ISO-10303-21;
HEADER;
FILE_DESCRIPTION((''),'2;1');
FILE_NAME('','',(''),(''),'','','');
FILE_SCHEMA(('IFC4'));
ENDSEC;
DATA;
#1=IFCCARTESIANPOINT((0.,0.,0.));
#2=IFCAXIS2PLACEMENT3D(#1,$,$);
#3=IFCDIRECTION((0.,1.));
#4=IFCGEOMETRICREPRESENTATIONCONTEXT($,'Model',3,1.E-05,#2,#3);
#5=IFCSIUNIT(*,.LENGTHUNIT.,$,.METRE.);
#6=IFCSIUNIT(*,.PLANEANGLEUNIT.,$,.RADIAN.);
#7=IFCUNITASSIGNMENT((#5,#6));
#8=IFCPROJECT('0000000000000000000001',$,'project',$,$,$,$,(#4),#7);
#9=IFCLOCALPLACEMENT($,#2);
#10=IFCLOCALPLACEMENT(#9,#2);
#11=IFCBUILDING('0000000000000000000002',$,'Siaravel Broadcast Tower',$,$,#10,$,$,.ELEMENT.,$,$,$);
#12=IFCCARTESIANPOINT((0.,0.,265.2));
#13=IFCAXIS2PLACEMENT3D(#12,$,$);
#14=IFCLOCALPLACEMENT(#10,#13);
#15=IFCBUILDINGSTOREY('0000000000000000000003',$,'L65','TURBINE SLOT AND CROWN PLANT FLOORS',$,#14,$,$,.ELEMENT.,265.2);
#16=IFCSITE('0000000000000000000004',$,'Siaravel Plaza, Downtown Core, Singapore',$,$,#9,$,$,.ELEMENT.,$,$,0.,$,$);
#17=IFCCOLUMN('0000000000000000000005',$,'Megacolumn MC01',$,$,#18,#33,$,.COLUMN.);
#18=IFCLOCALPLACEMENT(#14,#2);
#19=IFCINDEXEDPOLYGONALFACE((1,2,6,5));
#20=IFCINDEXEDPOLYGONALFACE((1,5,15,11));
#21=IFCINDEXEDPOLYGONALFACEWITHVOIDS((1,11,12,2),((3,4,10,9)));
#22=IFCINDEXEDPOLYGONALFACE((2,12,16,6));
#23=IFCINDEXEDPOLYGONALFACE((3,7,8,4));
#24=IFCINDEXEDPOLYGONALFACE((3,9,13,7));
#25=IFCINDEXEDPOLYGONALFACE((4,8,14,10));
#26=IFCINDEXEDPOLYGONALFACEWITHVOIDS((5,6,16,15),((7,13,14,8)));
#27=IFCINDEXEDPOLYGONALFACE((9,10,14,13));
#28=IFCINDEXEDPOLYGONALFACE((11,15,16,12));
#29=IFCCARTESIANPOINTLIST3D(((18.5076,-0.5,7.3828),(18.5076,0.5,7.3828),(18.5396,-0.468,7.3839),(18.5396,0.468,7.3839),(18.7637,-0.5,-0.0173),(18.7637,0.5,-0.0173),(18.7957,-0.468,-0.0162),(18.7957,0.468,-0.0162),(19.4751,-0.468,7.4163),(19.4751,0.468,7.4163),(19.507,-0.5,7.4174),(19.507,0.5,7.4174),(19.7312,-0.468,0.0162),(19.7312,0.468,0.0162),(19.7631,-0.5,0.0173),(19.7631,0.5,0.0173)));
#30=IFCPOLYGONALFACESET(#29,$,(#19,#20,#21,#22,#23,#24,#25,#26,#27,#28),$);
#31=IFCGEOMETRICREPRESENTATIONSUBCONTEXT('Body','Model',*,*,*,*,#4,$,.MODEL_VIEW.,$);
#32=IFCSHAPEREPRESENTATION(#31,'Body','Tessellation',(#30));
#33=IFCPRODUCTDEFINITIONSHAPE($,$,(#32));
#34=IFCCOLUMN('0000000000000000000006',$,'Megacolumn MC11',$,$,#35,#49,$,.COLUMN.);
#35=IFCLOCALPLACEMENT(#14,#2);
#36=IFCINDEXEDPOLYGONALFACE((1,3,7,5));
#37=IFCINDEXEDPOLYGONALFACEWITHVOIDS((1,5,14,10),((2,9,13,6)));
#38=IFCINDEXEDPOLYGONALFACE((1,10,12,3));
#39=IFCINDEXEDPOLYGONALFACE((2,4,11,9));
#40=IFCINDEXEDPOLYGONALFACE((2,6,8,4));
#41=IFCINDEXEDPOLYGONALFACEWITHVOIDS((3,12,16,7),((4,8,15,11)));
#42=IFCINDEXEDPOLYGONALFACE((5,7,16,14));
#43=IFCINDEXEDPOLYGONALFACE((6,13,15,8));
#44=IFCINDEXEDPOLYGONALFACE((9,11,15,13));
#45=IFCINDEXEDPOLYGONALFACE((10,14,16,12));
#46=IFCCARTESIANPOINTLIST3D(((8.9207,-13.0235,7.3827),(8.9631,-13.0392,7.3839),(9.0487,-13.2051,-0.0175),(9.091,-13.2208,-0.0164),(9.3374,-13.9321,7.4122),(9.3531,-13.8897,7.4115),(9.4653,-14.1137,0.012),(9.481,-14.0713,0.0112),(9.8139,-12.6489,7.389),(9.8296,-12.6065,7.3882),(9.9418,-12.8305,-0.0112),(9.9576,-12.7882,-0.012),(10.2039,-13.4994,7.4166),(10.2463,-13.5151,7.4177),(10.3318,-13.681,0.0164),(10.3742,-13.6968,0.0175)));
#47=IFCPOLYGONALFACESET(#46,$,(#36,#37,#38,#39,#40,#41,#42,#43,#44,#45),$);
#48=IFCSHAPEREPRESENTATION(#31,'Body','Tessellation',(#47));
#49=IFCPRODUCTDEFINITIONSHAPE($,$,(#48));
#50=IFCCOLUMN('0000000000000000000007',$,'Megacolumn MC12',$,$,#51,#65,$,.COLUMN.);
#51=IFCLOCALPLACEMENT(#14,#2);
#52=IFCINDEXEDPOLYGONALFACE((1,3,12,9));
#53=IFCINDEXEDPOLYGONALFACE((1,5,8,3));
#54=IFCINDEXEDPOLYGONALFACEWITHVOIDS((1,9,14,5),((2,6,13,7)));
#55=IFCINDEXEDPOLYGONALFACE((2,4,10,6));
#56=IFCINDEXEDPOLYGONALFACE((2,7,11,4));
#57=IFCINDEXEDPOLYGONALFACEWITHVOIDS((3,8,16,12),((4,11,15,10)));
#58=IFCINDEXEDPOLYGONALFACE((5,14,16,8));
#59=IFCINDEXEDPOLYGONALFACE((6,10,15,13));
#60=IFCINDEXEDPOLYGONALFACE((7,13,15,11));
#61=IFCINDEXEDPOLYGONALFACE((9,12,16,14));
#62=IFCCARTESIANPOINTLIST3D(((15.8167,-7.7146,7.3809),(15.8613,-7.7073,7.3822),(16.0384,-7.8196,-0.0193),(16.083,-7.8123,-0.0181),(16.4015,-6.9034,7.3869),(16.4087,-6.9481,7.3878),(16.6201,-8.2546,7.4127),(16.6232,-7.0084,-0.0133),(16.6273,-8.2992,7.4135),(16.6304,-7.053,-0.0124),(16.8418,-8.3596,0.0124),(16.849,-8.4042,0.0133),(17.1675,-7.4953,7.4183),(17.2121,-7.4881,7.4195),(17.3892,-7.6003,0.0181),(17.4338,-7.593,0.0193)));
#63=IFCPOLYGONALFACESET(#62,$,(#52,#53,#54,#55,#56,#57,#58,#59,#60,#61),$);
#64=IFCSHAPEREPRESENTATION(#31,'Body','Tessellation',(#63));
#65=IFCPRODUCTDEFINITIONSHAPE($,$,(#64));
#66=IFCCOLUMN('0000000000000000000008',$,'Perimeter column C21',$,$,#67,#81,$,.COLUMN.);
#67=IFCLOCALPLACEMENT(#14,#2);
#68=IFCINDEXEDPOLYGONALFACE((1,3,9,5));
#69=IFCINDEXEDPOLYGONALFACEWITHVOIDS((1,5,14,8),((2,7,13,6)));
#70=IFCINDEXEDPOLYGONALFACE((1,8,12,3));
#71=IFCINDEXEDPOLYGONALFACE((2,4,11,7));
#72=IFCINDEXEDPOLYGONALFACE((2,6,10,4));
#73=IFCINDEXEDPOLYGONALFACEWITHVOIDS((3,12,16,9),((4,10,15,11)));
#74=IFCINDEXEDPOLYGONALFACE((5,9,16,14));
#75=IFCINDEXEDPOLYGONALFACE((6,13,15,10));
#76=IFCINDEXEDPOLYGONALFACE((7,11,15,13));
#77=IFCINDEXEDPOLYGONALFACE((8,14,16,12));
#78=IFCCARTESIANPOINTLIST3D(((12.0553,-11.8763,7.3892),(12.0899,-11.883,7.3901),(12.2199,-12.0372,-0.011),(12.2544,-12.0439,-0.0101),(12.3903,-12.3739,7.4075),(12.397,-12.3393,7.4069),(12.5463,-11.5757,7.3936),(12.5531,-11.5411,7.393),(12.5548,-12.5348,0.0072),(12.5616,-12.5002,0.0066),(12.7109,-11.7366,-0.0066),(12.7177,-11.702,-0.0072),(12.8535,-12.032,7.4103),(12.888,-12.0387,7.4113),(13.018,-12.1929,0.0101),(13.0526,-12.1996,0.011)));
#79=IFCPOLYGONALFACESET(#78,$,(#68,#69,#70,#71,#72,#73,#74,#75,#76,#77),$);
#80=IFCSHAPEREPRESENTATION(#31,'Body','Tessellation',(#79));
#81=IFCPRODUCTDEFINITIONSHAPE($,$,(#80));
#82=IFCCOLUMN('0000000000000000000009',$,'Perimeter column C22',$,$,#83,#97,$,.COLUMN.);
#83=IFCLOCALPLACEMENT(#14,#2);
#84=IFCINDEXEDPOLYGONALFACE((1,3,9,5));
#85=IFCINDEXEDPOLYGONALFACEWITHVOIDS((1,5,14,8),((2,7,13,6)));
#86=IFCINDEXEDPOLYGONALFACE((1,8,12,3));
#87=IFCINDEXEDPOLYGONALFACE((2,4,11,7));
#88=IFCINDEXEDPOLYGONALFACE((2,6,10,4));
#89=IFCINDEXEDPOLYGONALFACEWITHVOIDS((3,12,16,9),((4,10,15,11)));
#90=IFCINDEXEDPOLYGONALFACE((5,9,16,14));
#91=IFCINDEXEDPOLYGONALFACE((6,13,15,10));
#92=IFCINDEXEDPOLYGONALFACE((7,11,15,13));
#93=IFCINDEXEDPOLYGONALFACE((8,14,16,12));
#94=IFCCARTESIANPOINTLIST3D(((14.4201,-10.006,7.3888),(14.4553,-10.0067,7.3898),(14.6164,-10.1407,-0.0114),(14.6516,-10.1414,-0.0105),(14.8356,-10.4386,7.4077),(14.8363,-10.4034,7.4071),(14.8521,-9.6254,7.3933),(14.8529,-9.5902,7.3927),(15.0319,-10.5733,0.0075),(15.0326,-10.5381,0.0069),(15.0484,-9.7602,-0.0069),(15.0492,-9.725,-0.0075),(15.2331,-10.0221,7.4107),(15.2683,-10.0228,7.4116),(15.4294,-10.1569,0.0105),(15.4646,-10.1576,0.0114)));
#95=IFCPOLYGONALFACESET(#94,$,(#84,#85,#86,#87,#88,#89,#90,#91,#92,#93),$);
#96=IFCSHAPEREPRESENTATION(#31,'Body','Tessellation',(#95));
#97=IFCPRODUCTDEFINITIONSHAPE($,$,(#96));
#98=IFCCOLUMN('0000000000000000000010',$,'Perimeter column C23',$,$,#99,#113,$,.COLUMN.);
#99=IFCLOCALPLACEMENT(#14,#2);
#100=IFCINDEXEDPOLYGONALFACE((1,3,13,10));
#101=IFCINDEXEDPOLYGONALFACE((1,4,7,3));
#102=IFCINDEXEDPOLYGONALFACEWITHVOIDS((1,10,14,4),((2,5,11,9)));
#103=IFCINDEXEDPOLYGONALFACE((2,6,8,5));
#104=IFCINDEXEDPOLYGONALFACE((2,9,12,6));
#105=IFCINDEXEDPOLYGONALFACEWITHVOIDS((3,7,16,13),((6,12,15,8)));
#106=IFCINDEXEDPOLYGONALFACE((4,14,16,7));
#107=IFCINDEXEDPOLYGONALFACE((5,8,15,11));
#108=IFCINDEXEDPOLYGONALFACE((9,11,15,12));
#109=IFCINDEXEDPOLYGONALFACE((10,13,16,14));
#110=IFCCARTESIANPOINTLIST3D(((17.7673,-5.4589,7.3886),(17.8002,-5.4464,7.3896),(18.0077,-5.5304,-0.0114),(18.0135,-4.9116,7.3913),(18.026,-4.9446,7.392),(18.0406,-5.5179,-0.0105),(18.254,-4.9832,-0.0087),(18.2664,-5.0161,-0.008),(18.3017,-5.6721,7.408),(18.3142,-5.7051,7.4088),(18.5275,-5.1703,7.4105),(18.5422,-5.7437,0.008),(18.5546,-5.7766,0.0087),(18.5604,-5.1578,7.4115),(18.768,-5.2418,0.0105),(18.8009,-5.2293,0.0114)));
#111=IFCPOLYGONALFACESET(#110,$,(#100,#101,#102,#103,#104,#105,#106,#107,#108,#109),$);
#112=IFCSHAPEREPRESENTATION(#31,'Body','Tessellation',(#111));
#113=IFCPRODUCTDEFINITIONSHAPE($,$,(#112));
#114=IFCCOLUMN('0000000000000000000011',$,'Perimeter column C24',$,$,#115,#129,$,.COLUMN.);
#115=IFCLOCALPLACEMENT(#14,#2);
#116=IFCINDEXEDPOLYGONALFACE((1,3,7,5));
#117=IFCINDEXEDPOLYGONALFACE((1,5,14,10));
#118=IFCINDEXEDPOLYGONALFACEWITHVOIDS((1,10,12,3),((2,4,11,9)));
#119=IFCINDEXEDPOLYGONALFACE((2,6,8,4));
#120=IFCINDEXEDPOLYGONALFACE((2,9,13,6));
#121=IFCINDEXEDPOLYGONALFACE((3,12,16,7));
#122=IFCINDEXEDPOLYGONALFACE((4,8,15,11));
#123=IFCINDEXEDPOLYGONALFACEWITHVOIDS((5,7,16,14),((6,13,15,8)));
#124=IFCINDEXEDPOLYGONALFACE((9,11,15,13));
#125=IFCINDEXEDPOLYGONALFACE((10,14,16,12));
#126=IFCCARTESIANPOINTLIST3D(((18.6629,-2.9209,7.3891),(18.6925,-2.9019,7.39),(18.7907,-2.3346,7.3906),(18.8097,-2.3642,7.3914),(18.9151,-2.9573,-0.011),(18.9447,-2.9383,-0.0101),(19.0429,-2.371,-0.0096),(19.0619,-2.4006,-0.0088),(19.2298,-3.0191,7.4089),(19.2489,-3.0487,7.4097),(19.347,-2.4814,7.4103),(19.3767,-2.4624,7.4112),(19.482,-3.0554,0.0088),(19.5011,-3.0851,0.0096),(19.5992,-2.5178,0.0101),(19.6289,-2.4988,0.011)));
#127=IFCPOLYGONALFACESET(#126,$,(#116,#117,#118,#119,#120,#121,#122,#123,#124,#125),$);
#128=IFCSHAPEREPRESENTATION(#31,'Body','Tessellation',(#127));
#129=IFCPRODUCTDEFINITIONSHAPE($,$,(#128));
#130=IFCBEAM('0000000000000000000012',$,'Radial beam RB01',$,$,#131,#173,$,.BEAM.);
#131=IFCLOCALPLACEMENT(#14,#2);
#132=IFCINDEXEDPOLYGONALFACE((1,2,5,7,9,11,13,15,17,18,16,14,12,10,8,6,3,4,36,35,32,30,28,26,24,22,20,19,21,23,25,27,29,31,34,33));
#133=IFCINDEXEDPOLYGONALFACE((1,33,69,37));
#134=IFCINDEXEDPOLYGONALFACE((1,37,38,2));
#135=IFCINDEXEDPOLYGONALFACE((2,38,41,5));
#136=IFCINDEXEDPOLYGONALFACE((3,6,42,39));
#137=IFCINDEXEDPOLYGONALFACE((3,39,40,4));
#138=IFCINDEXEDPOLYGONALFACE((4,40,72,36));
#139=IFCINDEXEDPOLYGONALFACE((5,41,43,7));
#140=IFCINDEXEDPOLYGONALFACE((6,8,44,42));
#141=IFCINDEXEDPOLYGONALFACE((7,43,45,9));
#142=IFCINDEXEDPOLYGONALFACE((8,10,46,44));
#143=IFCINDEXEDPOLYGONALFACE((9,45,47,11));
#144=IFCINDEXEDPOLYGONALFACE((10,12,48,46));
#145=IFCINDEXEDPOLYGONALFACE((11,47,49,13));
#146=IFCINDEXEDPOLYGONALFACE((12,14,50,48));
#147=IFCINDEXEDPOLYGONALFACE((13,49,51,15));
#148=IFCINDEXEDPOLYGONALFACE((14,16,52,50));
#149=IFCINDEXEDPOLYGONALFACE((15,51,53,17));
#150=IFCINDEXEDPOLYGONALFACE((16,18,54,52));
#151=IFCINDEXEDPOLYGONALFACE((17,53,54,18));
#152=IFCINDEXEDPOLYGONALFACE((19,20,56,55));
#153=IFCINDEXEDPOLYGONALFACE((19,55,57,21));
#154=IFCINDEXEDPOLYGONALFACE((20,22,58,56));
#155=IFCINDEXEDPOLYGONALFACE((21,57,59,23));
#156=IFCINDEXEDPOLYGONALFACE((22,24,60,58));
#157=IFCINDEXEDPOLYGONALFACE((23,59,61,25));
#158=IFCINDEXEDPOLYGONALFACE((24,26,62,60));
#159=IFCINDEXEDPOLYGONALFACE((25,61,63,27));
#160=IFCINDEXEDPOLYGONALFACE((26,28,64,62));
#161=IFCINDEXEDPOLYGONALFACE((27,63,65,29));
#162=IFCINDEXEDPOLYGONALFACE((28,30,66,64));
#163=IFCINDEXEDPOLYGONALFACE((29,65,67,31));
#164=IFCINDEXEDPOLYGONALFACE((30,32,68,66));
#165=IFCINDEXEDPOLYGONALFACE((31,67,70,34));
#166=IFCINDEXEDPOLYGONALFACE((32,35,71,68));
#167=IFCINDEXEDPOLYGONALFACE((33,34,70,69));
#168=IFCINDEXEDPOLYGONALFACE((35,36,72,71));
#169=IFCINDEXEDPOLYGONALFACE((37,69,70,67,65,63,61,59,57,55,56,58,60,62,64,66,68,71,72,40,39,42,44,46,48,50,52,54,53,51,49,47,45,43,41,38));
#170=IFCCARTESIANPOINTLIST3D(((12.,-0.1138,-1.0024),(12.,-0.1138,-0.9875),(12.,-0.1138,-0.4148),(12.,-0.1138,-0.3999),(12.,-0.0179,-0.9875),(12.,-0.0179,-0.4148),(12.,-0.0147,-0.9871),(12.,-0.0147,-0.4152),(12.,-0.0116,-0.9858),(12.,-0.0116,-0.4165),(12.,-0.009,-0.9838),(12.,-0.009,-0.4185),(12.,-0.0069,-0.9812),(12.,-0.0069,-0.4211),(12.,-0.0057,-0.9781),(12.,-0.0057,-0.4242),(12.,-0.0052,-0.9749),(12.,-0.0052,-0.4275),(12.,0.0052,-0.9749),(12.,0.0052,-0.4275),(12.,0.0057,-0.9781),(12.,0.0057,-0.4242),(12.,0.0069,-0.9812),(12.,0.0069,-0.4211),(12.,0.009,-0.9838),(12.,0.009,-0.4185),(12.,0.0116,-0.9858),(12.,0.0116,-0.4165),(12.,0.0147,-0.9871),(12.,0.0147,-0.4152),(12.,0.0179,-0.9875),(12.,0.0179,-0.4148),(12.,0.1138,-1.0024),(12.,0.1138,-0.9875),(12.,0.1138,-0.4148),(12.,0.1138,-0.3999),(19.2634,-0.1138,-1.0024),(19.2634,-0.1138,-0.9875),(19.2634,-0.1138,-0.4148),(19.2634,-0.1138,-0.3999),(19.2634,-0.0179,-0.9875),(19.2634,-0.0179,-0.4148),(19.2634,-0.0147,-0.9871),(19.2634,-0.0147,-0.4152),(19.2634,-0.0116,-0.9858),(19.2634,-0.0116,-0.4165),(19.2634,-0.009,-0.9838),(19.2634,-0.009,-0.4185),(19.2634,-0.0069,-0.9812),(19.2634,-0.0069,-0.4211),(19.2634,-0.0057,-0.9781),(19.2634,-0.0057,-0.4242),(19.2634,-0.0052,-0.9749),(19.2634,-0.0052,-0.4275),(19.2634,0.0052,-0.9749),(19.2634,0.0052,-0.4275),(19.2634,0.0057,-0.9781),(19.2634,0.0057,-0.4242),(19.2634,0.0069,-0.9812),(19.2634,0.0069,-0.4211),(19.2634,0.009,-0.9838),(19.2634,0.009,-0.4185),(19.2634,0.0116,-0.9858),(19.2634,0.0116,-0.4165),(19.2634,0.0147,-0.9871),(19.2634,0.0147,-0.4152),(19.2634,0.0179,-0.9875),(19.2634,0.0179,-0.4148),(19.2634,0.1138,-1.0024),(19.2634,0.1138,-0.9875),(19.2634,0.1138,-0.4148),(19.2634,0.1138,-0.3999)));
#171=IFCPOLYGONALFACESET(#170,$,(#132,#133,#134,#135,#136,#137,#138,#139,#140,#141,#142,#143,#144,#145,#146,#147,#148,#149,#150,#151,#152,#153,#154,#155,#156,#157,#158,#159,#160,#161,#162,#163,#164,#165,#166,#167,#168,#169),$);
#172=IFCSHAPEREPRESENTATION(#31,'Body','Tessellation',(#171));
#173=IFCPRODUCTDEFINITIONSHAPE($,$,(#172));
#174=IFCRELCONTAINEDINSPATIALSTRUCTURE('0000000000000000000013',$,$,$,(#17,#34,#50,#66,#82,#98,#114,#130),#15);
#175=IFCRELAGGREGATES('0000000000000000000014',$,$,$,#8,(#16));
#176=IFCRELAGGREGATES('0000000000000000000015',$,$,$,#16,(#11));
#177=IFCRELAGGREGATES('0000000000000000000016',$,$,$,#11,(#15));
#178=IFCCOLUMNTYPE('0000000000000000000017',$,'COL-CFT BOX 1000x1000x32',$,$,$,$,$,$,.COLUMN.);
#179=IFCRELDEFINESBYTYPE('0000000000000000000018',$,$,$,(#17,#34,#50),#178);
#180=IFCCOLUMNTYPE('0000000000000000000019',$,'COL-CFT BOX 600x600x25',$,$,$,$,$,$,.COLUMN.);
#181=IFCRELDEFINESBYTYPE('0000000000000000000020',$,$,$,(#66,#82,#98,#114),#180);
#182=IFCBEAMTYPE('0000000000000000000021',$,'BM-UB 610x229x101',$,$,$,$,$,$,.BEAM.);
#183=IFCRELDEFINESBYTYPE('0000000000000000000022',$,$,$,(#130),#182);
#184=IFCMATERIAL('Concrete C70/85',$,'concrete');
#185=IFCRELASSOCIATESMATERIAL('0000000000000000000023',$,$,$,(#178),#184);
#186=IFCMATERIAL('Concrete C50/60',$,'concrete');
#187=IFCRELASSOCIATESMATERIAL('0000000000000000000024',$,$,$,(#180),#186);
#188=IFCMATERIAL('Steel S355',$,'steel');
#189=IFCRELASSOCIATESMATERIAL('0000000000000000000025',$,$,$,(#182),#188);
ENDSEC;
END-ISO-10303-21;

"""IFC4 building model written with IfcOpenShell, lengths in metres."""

from ifc_helpers import new_model, si_unit, direction, frame, origin, origin_2d, place, context, subcontext, project, spatial, hollow_rectangle, i_section, extrude, material, material_profile, profile_set, type_object, element, save


model = new_model("IFC4")

# Units and contexts
model_context = context("Model", 3, precision=1e-05, world=origin(), true_north=direction((0.0, 1.0)))
body_context = subcontext(model_context, "Body", "Model", "MODEL_VIEW")
ifc_project = project(units=[si_unit("LENGTHUNIT", "METRE"), si_unit("PLANEANGLEUNIT", "RADIAN")], contexts=[model_context])

# Site, building, storey
site_placement = place(None, origin())
site = spatial("IfcSite", under=ifc_project, at=site_placement, Name="Siaravel Plaza, Downtown Core, Singapore", CompositionType="ELEMENT", RefElevation=0.0)
building_placement = place(site_placement, origin())
building = spatial("IfcBuilding", under=site, at=building_placement, Name="Siaravel Broadcast Tower", CompositionType="ELEMENT")
storey_placement = place(building_placement, frame((0.0, 0.0, 265.2)))
storey = spatial("IfcBuildingStorey", under=building, at=storey_placement, Name="L65", Description="TURBINE SLOT AND CROWN PLANT FLOORS", CompositionType="ELEMENT", Elevation=265.2)

# Columns
ifc_material_1 = material(Name="Concrete C70/85", Category="concrete")
ifc_material_profile_1 = material_profile(ifc_material_1, hollow_rectangle(XDim=1.0, YDim=1.0, WallThickness=0.032, at=origin_2d()))
ifc_profile_set_1 = profile_set([ifc_material_profile_1], Name="Concrete C70/85")
column_type_1 = type_object("IfcColumnType", Name="COL-CFT BOX 1000x1000x32", PredefinedType="COLUMN", material=ifc_profile_set_1)
column_1_placement = place(storey_placement, frame((19.2634, 0.0, 0.0), z_axis=(-0.034587, 0.0, 0.999402), x_axis=(0.0, -1.0, 0.0)))
element("IfcColumn", 1, at=column_1_placement, inside=storey, type_object=column_type_1, Name="Megacolumn MC01", PredefinedType="COLUMN", context=body_context, shape_type="SweptSolid", body=[
    extrude(hollow_rectangle(XDim=1.0, YDim=1.0, WallThickness=0.032, at=origin_2d()), origin(), (0.0, 0.0, 1.0), 7.4045),
])
column_2_placement = place(storey_placement, frame((9.7114, -13.4509, 0.0), z_axis=(-0.01728, 0.024534, 0.99955), x_axis=(-0.908912, -0.416952, -0.005478)))
element("IfcColumn", 2, at=column_2_placement, inside=storey, type_object=column_type_1, Name="Megacolumn MC11", PredefinedType="COLUMN", context=body_context, shape_type="SweptSolid", body=[
    extrude(hollow_rectangle(XDim=1.0, YDim=1.0, WallThickness=0.032, at=origin_2d()), origin(), (0.0, 0.0, 1.0), 7.4036),
])
column_3_placement = place(storey_placement, frame((16.7361, -7.7063, 0.0), z_axis=(-0.02994, 0.014178, 0.999451), x_axis=(-0.584793, -0.81116, -0.006011)))
element("IfcColumn", 3, at=column_3_placement, inside=storey, type_object=column_type_1, Name="Megacolumn MC12", PredefinedType="COLUMN", context=body_context, shape_type="SweptSolid", body=[
    extrude(hollow_rectangle(XDim=1.0, YDim=1.0, WallThickness=0.032, at=origin_2d()), origin(), (0.0, 0.0, 1.0), 7.4043),
])
ifc_material_2 = material(Name="Concrete C50/60", Category="concrete")
ifc_material_profile_2 = material_profile(ifc_material_2, hollow_rectangle(XDim=0.6001, YDim=0.6001, WallThickness=0.0249, at=origin_2d()))
ifc_profile_set_2 = profile_set([ifc_material_profile_2], Name="Concrete C50/60")
column_type_2 = type_object("IfcColumnType", Name="COL-CFT BOX 600x600x25", PredefinedType="COLUMN", material=ifc_profile_set_2)
column_4_placement = place(storey_placement, frame((12.6362, -12.1184, 0.0), z_axis=(-0.022225, 0.021731, 0.999517), x_axis=(-0.829478, -0.558505, -0.006302)))
element("IfcColumn", 4, at=column_4_placement, inside=storey, type_object=column_type_2, Name="Perimeter column C21", PredefinedType="COLUMN", context=body_context, shape_type="SweptSolid", body=[
    extrude(hollow_rectangle(XDim=0.6001, YDim=0.6001, WallThickness=0.0249, at=origin_2d()), origin(), (0.0, 0.0, 1.0), 7.4038),
])
column_5_placement = place(storey_placement, frame((15.0405, -10.1492, 0.0), z_axis=(-0.026511, 0.018202, 0.999483), x_axis=(-0.721084, -0.692817, -0.00651)))
element("IfcColumn", 5, at=column_5_placement, inside=storey, type_object=column_type_2, Name="Perimeter column C22", PredefinedType="COLUMN", context=body_context, shape_type="SweptSolid", body=[
    extrude(hollow_rectangle(XDim=0.6001, YDim=0.6001, WallThickness=0.0249, at=origin_2d()), origin(), (0.0, 0.0, 1.0), 7.4041),
])
column_6_placement = place(storey_placement, frame((18.4043, -5.3799, 0.0), z_axis=(-0.032478, 0.009661, 0.999426), x_axis=(-0.410307, -0.911936, -0.004518)))
element("IfcColumn", 6, at=column_6_placement, inside=storey, type_object=column_type_2, Name="Perimeter column C23", PredefinedType="COLUMN", context=body_context, shape_type="SweptSolid", body=[
    extrude(hollow_rectangle(XDim=0.6001, YDim=0.6001, WallThickness=0.0249, at=origin_2d()), origin(), (0.0, 0.0, 1.0), 7.4043),
])
column_7_placement = place(storey_placement, frame((19.272, -2.728, 0.0), z_axis=(-0.03406, 0.004913, 0.999408), x_axis=(-0.212967, -0.977056, -0.002455)))
element("IfcColumn", 7, at=column_7_placement, inside=storey, type_object=column_type_2, Name="Perimeter column C24", PredefinedType="COLUMN", context=body_context, shape_type="SweptSolid", body=[
    extrude(hollow_rectangle(XDim=0.6001, YDim=0.6001, WallThickness=0.0249, at=origin_2d()), origin(), (0.0, 0.0, 1.0), 7.4045),
])

# Beam
ifc_material_3 = material(Name="Steel S355", Category="steel")
ifc_material_profile_3 = material_profile(ifc_material_3, i_section(OverallWidth=0.2275, OverallDepth=0.6025, WebThickness=0.0105, FlangeThickness=0.0149, FilletRadius=0.0127, at=origin_2d()))
ifc_profile_set_3 = profile_set([ifc_material_profile_3], Name="Steel S355")
beam_type_1 = type_object("IfcBeamType", Name="BM-UB 610x229x101", PredefinedType="BEAM", material=ifc_profile_set_3)
beam_1_placement = place(storey_placement, frame((19.2634, 0.0, -0.7012), z_axis=(-1.0, 0.0, 0.0), x_axis=(0.0, -1.0, 0.0)))
element("IfcBeam", 8, at=beam_1_placement, inside=storey, type_object=beam_type_1, Name="Radial beam RB01", PredefinedType="BEAM", context=body_context, shape_type="SweptSolid", body=[
    extrude(i_section(OverallWidth=0.2275, OverallDepth=0.6025, WebThickness=0.0105, FlangeThickness=0.0149, FilletRadius=0.0127, at=origin_2d()), origin(), (0.0, 0.0, 1.0), 7.2634),
])

save(model, "model.ifc")
